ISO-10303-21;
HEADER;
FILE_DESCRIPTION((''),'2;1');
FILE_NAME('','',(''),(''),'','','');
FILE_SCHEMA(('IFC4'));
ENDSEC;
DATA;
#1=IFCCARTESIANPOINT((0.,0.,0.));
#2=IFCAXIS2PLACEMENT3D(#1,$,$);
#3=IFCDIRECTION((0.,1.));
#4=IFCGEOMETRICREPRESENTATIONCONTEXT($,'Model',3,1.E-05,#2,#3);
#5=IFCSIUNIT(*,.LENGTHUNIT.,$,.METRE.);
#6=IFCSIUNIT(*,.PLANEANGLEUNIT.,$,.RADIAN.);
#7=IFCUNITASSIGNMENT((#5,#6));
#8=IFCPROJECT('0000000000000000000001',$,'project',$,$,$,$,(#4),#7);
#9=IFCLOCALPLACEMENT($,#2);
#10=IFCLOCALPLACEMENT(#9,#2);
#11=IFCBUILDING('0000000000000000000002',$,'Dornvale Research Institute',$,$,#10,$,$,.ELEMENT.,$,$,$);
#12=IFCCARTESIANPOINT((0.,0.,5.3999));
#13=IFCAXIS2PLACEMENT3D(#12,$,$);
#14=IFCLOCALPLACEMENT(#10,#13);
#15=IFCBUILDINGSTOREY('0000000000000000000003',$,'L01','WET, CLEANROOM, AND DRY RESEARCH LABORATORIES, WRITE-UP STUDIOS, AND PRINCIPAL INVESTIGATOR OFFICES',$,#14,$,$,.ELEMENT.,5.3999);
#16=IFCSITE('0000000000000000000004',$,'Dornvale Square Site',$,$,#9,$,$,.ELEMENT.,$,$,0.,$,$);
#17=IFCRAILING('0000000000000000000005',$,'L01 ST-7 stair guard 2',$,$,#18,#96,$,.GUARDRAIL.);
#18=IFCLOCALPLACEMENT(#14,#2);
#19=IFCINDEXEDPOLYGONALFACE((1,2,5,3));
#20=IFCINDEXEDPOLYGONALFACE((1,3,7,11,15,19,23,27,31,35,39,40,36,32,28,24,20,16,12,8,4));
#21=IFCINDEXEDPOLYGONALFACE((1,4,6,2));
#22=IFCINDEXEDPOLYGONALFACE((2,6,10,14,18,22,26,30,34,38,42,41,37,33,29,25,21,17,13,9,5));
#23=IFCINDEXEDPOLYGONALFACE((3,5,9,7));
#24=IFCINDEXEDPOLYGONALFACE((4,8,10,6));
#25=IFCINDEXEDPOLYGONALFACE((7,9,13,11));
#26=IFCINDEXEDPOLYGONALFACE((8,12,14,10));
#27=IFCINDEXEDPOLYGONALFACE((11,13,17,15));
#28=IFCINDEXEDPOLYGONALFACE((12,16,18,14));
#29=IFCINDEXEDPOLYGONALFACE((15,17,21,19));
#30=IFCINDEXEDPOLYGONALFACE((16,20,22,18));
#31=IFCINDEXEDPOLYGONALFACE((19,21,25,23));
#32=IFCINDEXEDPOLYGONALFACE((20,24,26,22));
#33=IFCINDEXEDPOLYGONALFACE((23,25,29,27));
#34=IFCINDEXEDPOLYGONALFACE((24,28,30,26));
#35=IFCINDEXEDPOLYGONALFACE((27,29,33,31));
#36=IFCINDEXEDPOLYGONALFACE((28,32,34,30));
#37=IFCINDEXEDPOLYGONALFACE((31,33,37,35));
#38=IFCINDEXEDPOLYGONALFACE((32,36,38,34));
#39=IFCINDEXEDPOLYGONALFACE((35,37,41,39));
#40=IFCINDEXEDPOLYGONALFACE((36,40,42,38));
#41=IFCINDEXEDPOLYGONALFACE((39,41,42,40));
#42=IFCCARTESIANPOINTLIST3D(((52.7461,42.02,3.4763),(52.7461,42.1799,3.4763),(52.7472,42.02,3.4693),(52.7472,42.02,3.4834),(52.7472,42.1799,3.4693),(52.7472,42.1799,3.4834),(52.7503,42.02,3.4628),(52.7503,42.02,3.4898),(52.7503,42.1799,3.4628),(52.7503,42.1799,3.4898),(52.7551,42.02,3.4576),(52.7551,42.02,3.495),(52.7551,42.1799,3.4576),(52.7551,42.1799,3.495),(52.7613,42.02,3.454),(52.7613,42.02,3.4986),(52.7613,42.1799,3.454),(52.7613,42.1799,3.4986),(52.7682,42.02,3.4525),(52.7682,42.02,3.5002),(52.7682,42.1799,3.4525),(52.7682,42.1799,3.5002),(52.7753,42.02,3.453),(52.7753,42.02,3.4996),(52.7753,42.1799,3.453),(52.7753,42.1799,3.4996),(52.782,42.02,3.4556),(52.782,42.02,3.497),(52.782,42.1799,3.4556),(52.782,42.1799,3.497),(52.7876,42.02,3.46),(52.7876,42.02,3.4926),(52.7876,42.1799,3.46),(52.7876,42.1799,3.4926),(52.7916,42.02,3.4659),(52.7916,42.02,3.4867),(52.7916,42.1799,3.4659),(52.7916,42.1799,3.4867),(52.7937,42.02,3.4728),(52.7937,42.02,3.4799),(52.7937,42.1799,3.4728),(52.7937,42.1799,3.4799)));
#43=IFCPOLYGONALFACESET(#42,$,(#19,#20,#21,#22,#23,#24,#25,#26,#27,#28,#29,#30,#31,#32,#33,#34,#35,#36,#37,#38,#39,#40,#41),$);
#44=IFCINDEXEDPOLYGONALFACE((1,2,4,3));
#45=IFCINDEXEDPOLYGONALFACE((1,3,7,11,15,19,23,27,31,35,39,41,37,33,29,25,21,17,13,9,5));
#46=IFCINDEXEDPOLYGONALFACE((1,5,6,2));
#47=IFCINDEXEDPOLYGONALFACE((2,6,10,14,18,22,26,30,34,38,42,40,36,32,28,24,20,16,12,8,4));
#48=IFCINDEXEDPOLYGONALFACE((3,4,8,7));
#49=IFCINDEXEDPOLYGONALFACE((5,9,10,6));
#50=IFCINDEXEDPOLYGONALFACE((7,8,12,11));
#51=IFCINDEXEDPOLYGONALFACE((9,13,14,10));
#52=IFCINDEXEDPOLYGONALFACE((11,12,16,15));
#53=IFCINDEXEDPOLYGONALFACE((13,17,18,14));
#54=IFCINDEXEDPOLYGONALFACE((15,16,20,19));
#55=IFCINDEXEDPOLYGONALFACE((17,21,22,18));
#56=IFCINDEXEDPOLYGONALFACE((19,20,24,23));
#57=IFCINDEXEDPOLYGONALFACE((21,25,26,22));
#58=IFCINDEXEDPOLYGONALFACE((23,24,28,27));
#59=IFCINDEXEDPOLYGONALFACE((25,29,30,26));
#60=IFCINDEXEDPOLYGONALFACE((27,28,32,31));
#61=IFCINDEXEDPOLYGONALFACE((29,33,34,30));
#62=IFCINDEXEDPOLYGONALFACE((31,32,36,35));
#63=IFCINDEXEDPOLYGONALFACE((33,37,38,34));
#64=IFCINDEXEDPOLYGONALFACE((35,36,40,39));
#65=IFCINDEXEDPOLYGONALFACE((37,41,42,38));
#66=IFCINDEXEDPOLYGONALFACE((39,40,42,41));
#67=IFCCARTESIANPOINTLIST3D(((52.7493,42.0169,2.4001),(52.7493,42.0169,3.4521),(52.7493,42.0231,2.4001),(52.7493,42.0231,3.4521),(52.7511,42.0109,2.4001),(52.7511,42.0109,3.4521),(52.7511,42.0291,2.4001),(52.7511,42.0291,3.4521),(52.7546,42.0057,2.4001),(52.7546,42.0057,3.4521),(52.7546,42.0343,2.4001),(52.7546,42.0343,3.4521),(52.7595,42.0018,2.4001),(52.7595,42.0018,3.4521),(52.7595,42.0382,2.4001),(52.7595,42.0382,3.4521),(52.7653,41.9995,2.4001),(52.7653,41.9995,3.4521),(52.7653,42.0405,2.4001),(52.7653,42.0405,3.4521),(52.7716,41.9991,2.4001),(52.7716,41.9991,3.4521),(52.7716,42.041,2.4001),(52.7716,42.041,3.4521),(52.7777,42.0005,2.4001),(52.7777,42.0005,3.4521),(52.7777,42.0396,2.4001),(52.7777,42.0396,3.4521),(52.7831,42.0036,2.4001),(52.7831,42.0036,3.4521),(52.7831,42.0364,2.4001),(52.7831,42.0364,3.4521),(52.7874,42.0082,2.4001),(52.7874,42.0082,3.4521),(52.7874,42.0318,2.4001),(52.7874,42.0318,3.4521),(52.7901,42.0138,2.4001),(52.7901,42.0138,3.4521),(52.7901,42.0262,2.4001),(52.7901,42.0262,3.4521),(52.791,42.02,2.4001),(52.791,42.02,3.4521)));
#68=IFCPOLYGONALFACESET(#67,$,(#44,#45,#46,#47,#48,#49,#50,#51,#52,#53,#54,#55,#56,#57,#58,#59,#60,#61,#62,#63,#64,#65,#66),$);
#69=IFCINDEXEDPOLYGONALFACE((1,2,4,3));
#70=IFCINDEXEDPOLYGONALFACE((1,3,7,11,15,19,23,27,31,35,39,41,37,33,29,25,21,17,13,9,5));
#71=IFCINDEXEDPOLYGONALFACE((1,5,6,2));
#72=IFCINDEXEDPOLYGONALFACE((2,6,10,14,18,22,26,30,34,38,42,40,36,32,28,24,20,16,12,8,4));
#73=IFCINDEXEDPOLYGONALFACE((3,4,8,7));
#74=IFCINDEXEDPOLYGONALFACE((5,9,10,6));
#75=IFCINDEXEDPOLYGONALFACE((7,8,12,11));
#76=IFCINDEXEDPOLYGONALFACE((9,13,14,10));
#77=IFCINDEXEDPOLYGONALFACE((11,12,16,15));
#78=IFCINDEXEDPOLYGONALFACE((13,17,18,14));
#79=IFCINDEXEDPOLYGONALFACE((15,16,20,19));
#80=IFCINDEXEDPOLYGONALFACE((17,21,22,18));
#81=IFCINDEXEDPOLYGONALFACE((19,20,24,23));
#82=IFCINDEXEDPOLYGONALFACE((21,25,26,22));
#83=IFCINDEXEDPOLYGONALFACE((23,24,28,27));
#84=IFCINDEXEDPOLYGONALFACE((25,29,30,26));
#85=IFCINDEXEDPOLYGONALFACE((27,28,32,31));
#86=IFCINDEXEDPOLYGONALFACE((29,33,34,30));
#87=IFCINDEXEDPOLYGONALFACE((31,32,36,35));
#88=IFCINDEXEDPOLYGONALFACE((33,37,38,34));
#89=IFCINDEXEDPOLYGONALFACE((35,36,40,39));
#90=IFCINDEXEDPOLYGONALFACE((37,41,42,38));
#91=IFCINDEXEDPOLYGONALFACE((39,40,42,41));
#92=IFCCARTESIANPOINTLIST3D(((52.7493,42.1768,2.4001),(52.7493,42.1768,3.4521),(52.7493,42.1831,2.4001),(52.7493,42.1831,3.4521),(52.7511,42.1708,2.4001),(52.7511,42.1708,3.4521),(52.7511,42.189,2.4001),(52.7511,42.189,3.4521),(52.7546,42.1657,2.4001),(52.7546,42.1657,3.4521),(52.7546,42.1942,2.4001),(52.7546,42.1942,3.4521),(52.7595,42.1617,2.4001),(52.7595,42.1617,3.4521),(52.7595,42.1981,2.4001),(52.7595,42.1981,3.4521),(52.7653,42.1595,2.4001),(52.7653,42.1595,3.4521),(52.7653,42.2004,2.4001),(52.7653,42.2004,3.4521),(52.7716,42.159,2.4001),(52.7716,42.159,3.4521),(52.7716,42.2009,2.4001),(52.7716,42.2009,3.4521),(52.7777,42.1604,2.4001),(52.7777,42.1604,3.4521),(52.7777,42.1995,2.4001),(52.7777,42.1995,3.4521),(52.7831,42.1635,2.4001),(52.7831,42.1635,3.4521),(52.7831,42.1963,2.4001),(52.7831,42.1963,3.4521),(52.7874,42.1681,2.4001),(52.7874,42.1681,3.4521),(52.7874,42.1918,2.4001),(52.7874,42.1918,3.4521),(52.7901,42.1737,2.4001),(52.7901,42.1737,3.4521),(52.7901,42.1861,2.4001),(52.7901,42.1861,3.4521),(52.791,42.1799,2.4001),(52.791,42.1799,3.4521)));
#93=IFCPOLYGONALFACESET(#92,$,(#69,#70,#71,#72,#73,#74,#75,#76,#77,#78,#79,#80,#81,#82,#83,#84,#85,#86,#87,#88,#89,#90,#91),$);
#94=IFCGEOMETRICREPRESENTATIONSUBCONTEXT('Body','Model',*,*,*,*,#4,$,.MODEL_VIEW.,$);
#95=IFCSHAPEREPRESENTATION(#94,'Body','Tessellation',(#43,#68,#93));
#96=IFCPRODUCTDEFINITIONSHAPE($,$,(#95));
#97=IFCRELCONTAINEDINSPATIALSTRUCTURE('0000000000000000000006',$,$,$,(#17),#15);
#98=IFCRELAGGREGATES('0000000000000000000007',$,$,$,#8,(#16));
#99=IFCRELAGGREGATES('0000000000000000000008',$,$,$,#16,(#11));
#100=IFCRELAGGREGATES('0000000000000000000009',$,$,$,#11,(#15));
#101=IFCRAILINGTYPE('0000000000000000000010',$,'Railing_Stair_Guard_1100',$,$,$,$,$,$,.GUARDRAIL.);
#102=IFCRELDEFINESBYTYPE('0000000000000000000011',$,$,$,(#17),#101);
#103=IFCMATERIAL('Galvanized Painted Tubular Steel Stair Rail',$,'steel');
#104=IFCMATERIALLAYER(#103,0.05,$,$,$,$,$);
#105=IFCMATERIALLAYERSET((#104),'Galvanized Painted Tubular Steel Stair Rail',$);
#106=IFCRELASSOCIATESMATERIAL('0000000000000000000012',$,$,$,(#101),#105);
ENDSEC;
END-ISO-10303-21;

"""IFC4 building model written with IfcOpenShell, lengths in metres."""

from ifc_helpers import new_model, si_unit, direction, frame, origin, origin_2d, place, context, subcontext, project, spatial, circle, extrude, material, layer, layer_set, type_object, element, save


model = new_model("IFC4")

# Units and contexts
model_context = context("Model", 3, precision=1e-05, world=origin(), true_north=direction((0.0, 1.0)))
body_context = subcontext(model_context, "Body", "Model", "MODEL_VIEW")
ifc_project = project(units=[si_unit("LENGTHUNIT", "METRE"), si_unit("PLANEANGLEUNIT", "RADIAN")], contexts=[model_context])

# Site, building, storey
site_placement = place(None, origin())
site = spatial("IfcSite", under=ifc_project, at=site_placement, Name="Dornvale Square Site", CompositionType="ELEMENT", RefElevation=0.0)
building_placement = place(site_placement, origin())
building = spatial("IfcBuilding", under=site, at=building_placement, Name="Dornvale Research Institute", CompositionType="ELEMENT")
storey_placement = place(building_placement, frame((0.0, 0.0, 5.3999)))
storey = spatial("IfcBuildingStorey", under=building, at=storey_placement, Name="L01", Description="WET, CLEANROOM, AND DRY RESEARCH LABORATORIES, WRITE-UP STUDIOS, AND PRINCIPAL INVESTIGATOR OFFICES", CompositionType="ELEMENT", Elevation=5.3999)

# Railing
ifc_material_1 = material(Name="Galvanized Painted Tubular Steel Stair Rail", Category="steel")
ifc_layer_1 = layer(ifc_material_1, 0.05)
ifc_layer_set_1 = layer_set([ifc_layer_1], Name="Galvanized Painted Tubular Steel Stair Rail")
railing_type_1 = type_object("IfcRailingType", Name="Railing_Stair_Guard_1100", PredefinedType="GUARDRAIL", material=ifc_layer_set_1)
railing_1_placement = place(storey_placement, frame((52.77, 42.02, 2.4001)))
element("IfcRailing", 1, at=railing_1_placement, inside=storey, type_object=railing_type_1, Name="L01 ST-7 stair guard 2", PredefinedType="GUARDRAIL", context=body_context, shape_type="SweptSolid", body=[
    extrude(circle(Radius=0.0239, at=origin_2d()), frame((0.0, 0.0, 1.0762), z_axis=(0.0, 1.0, 0.0), x_axis=(-1.0, 0.0, 0.0)), (0.0, 0.0, 1.0), 0.1599),
    extrude(circle(Radius=0.021, at=origin_2d()), origin(), (0.0, 0.0, 1.0), 1.052),
    extrude(circle(Radius=0.021, at=origin_2d()), frame((0.0, 0.1599, 0.0)), (0.0, 0.0, 1.0), 1.052),
])

save(model, "model.ifc")
